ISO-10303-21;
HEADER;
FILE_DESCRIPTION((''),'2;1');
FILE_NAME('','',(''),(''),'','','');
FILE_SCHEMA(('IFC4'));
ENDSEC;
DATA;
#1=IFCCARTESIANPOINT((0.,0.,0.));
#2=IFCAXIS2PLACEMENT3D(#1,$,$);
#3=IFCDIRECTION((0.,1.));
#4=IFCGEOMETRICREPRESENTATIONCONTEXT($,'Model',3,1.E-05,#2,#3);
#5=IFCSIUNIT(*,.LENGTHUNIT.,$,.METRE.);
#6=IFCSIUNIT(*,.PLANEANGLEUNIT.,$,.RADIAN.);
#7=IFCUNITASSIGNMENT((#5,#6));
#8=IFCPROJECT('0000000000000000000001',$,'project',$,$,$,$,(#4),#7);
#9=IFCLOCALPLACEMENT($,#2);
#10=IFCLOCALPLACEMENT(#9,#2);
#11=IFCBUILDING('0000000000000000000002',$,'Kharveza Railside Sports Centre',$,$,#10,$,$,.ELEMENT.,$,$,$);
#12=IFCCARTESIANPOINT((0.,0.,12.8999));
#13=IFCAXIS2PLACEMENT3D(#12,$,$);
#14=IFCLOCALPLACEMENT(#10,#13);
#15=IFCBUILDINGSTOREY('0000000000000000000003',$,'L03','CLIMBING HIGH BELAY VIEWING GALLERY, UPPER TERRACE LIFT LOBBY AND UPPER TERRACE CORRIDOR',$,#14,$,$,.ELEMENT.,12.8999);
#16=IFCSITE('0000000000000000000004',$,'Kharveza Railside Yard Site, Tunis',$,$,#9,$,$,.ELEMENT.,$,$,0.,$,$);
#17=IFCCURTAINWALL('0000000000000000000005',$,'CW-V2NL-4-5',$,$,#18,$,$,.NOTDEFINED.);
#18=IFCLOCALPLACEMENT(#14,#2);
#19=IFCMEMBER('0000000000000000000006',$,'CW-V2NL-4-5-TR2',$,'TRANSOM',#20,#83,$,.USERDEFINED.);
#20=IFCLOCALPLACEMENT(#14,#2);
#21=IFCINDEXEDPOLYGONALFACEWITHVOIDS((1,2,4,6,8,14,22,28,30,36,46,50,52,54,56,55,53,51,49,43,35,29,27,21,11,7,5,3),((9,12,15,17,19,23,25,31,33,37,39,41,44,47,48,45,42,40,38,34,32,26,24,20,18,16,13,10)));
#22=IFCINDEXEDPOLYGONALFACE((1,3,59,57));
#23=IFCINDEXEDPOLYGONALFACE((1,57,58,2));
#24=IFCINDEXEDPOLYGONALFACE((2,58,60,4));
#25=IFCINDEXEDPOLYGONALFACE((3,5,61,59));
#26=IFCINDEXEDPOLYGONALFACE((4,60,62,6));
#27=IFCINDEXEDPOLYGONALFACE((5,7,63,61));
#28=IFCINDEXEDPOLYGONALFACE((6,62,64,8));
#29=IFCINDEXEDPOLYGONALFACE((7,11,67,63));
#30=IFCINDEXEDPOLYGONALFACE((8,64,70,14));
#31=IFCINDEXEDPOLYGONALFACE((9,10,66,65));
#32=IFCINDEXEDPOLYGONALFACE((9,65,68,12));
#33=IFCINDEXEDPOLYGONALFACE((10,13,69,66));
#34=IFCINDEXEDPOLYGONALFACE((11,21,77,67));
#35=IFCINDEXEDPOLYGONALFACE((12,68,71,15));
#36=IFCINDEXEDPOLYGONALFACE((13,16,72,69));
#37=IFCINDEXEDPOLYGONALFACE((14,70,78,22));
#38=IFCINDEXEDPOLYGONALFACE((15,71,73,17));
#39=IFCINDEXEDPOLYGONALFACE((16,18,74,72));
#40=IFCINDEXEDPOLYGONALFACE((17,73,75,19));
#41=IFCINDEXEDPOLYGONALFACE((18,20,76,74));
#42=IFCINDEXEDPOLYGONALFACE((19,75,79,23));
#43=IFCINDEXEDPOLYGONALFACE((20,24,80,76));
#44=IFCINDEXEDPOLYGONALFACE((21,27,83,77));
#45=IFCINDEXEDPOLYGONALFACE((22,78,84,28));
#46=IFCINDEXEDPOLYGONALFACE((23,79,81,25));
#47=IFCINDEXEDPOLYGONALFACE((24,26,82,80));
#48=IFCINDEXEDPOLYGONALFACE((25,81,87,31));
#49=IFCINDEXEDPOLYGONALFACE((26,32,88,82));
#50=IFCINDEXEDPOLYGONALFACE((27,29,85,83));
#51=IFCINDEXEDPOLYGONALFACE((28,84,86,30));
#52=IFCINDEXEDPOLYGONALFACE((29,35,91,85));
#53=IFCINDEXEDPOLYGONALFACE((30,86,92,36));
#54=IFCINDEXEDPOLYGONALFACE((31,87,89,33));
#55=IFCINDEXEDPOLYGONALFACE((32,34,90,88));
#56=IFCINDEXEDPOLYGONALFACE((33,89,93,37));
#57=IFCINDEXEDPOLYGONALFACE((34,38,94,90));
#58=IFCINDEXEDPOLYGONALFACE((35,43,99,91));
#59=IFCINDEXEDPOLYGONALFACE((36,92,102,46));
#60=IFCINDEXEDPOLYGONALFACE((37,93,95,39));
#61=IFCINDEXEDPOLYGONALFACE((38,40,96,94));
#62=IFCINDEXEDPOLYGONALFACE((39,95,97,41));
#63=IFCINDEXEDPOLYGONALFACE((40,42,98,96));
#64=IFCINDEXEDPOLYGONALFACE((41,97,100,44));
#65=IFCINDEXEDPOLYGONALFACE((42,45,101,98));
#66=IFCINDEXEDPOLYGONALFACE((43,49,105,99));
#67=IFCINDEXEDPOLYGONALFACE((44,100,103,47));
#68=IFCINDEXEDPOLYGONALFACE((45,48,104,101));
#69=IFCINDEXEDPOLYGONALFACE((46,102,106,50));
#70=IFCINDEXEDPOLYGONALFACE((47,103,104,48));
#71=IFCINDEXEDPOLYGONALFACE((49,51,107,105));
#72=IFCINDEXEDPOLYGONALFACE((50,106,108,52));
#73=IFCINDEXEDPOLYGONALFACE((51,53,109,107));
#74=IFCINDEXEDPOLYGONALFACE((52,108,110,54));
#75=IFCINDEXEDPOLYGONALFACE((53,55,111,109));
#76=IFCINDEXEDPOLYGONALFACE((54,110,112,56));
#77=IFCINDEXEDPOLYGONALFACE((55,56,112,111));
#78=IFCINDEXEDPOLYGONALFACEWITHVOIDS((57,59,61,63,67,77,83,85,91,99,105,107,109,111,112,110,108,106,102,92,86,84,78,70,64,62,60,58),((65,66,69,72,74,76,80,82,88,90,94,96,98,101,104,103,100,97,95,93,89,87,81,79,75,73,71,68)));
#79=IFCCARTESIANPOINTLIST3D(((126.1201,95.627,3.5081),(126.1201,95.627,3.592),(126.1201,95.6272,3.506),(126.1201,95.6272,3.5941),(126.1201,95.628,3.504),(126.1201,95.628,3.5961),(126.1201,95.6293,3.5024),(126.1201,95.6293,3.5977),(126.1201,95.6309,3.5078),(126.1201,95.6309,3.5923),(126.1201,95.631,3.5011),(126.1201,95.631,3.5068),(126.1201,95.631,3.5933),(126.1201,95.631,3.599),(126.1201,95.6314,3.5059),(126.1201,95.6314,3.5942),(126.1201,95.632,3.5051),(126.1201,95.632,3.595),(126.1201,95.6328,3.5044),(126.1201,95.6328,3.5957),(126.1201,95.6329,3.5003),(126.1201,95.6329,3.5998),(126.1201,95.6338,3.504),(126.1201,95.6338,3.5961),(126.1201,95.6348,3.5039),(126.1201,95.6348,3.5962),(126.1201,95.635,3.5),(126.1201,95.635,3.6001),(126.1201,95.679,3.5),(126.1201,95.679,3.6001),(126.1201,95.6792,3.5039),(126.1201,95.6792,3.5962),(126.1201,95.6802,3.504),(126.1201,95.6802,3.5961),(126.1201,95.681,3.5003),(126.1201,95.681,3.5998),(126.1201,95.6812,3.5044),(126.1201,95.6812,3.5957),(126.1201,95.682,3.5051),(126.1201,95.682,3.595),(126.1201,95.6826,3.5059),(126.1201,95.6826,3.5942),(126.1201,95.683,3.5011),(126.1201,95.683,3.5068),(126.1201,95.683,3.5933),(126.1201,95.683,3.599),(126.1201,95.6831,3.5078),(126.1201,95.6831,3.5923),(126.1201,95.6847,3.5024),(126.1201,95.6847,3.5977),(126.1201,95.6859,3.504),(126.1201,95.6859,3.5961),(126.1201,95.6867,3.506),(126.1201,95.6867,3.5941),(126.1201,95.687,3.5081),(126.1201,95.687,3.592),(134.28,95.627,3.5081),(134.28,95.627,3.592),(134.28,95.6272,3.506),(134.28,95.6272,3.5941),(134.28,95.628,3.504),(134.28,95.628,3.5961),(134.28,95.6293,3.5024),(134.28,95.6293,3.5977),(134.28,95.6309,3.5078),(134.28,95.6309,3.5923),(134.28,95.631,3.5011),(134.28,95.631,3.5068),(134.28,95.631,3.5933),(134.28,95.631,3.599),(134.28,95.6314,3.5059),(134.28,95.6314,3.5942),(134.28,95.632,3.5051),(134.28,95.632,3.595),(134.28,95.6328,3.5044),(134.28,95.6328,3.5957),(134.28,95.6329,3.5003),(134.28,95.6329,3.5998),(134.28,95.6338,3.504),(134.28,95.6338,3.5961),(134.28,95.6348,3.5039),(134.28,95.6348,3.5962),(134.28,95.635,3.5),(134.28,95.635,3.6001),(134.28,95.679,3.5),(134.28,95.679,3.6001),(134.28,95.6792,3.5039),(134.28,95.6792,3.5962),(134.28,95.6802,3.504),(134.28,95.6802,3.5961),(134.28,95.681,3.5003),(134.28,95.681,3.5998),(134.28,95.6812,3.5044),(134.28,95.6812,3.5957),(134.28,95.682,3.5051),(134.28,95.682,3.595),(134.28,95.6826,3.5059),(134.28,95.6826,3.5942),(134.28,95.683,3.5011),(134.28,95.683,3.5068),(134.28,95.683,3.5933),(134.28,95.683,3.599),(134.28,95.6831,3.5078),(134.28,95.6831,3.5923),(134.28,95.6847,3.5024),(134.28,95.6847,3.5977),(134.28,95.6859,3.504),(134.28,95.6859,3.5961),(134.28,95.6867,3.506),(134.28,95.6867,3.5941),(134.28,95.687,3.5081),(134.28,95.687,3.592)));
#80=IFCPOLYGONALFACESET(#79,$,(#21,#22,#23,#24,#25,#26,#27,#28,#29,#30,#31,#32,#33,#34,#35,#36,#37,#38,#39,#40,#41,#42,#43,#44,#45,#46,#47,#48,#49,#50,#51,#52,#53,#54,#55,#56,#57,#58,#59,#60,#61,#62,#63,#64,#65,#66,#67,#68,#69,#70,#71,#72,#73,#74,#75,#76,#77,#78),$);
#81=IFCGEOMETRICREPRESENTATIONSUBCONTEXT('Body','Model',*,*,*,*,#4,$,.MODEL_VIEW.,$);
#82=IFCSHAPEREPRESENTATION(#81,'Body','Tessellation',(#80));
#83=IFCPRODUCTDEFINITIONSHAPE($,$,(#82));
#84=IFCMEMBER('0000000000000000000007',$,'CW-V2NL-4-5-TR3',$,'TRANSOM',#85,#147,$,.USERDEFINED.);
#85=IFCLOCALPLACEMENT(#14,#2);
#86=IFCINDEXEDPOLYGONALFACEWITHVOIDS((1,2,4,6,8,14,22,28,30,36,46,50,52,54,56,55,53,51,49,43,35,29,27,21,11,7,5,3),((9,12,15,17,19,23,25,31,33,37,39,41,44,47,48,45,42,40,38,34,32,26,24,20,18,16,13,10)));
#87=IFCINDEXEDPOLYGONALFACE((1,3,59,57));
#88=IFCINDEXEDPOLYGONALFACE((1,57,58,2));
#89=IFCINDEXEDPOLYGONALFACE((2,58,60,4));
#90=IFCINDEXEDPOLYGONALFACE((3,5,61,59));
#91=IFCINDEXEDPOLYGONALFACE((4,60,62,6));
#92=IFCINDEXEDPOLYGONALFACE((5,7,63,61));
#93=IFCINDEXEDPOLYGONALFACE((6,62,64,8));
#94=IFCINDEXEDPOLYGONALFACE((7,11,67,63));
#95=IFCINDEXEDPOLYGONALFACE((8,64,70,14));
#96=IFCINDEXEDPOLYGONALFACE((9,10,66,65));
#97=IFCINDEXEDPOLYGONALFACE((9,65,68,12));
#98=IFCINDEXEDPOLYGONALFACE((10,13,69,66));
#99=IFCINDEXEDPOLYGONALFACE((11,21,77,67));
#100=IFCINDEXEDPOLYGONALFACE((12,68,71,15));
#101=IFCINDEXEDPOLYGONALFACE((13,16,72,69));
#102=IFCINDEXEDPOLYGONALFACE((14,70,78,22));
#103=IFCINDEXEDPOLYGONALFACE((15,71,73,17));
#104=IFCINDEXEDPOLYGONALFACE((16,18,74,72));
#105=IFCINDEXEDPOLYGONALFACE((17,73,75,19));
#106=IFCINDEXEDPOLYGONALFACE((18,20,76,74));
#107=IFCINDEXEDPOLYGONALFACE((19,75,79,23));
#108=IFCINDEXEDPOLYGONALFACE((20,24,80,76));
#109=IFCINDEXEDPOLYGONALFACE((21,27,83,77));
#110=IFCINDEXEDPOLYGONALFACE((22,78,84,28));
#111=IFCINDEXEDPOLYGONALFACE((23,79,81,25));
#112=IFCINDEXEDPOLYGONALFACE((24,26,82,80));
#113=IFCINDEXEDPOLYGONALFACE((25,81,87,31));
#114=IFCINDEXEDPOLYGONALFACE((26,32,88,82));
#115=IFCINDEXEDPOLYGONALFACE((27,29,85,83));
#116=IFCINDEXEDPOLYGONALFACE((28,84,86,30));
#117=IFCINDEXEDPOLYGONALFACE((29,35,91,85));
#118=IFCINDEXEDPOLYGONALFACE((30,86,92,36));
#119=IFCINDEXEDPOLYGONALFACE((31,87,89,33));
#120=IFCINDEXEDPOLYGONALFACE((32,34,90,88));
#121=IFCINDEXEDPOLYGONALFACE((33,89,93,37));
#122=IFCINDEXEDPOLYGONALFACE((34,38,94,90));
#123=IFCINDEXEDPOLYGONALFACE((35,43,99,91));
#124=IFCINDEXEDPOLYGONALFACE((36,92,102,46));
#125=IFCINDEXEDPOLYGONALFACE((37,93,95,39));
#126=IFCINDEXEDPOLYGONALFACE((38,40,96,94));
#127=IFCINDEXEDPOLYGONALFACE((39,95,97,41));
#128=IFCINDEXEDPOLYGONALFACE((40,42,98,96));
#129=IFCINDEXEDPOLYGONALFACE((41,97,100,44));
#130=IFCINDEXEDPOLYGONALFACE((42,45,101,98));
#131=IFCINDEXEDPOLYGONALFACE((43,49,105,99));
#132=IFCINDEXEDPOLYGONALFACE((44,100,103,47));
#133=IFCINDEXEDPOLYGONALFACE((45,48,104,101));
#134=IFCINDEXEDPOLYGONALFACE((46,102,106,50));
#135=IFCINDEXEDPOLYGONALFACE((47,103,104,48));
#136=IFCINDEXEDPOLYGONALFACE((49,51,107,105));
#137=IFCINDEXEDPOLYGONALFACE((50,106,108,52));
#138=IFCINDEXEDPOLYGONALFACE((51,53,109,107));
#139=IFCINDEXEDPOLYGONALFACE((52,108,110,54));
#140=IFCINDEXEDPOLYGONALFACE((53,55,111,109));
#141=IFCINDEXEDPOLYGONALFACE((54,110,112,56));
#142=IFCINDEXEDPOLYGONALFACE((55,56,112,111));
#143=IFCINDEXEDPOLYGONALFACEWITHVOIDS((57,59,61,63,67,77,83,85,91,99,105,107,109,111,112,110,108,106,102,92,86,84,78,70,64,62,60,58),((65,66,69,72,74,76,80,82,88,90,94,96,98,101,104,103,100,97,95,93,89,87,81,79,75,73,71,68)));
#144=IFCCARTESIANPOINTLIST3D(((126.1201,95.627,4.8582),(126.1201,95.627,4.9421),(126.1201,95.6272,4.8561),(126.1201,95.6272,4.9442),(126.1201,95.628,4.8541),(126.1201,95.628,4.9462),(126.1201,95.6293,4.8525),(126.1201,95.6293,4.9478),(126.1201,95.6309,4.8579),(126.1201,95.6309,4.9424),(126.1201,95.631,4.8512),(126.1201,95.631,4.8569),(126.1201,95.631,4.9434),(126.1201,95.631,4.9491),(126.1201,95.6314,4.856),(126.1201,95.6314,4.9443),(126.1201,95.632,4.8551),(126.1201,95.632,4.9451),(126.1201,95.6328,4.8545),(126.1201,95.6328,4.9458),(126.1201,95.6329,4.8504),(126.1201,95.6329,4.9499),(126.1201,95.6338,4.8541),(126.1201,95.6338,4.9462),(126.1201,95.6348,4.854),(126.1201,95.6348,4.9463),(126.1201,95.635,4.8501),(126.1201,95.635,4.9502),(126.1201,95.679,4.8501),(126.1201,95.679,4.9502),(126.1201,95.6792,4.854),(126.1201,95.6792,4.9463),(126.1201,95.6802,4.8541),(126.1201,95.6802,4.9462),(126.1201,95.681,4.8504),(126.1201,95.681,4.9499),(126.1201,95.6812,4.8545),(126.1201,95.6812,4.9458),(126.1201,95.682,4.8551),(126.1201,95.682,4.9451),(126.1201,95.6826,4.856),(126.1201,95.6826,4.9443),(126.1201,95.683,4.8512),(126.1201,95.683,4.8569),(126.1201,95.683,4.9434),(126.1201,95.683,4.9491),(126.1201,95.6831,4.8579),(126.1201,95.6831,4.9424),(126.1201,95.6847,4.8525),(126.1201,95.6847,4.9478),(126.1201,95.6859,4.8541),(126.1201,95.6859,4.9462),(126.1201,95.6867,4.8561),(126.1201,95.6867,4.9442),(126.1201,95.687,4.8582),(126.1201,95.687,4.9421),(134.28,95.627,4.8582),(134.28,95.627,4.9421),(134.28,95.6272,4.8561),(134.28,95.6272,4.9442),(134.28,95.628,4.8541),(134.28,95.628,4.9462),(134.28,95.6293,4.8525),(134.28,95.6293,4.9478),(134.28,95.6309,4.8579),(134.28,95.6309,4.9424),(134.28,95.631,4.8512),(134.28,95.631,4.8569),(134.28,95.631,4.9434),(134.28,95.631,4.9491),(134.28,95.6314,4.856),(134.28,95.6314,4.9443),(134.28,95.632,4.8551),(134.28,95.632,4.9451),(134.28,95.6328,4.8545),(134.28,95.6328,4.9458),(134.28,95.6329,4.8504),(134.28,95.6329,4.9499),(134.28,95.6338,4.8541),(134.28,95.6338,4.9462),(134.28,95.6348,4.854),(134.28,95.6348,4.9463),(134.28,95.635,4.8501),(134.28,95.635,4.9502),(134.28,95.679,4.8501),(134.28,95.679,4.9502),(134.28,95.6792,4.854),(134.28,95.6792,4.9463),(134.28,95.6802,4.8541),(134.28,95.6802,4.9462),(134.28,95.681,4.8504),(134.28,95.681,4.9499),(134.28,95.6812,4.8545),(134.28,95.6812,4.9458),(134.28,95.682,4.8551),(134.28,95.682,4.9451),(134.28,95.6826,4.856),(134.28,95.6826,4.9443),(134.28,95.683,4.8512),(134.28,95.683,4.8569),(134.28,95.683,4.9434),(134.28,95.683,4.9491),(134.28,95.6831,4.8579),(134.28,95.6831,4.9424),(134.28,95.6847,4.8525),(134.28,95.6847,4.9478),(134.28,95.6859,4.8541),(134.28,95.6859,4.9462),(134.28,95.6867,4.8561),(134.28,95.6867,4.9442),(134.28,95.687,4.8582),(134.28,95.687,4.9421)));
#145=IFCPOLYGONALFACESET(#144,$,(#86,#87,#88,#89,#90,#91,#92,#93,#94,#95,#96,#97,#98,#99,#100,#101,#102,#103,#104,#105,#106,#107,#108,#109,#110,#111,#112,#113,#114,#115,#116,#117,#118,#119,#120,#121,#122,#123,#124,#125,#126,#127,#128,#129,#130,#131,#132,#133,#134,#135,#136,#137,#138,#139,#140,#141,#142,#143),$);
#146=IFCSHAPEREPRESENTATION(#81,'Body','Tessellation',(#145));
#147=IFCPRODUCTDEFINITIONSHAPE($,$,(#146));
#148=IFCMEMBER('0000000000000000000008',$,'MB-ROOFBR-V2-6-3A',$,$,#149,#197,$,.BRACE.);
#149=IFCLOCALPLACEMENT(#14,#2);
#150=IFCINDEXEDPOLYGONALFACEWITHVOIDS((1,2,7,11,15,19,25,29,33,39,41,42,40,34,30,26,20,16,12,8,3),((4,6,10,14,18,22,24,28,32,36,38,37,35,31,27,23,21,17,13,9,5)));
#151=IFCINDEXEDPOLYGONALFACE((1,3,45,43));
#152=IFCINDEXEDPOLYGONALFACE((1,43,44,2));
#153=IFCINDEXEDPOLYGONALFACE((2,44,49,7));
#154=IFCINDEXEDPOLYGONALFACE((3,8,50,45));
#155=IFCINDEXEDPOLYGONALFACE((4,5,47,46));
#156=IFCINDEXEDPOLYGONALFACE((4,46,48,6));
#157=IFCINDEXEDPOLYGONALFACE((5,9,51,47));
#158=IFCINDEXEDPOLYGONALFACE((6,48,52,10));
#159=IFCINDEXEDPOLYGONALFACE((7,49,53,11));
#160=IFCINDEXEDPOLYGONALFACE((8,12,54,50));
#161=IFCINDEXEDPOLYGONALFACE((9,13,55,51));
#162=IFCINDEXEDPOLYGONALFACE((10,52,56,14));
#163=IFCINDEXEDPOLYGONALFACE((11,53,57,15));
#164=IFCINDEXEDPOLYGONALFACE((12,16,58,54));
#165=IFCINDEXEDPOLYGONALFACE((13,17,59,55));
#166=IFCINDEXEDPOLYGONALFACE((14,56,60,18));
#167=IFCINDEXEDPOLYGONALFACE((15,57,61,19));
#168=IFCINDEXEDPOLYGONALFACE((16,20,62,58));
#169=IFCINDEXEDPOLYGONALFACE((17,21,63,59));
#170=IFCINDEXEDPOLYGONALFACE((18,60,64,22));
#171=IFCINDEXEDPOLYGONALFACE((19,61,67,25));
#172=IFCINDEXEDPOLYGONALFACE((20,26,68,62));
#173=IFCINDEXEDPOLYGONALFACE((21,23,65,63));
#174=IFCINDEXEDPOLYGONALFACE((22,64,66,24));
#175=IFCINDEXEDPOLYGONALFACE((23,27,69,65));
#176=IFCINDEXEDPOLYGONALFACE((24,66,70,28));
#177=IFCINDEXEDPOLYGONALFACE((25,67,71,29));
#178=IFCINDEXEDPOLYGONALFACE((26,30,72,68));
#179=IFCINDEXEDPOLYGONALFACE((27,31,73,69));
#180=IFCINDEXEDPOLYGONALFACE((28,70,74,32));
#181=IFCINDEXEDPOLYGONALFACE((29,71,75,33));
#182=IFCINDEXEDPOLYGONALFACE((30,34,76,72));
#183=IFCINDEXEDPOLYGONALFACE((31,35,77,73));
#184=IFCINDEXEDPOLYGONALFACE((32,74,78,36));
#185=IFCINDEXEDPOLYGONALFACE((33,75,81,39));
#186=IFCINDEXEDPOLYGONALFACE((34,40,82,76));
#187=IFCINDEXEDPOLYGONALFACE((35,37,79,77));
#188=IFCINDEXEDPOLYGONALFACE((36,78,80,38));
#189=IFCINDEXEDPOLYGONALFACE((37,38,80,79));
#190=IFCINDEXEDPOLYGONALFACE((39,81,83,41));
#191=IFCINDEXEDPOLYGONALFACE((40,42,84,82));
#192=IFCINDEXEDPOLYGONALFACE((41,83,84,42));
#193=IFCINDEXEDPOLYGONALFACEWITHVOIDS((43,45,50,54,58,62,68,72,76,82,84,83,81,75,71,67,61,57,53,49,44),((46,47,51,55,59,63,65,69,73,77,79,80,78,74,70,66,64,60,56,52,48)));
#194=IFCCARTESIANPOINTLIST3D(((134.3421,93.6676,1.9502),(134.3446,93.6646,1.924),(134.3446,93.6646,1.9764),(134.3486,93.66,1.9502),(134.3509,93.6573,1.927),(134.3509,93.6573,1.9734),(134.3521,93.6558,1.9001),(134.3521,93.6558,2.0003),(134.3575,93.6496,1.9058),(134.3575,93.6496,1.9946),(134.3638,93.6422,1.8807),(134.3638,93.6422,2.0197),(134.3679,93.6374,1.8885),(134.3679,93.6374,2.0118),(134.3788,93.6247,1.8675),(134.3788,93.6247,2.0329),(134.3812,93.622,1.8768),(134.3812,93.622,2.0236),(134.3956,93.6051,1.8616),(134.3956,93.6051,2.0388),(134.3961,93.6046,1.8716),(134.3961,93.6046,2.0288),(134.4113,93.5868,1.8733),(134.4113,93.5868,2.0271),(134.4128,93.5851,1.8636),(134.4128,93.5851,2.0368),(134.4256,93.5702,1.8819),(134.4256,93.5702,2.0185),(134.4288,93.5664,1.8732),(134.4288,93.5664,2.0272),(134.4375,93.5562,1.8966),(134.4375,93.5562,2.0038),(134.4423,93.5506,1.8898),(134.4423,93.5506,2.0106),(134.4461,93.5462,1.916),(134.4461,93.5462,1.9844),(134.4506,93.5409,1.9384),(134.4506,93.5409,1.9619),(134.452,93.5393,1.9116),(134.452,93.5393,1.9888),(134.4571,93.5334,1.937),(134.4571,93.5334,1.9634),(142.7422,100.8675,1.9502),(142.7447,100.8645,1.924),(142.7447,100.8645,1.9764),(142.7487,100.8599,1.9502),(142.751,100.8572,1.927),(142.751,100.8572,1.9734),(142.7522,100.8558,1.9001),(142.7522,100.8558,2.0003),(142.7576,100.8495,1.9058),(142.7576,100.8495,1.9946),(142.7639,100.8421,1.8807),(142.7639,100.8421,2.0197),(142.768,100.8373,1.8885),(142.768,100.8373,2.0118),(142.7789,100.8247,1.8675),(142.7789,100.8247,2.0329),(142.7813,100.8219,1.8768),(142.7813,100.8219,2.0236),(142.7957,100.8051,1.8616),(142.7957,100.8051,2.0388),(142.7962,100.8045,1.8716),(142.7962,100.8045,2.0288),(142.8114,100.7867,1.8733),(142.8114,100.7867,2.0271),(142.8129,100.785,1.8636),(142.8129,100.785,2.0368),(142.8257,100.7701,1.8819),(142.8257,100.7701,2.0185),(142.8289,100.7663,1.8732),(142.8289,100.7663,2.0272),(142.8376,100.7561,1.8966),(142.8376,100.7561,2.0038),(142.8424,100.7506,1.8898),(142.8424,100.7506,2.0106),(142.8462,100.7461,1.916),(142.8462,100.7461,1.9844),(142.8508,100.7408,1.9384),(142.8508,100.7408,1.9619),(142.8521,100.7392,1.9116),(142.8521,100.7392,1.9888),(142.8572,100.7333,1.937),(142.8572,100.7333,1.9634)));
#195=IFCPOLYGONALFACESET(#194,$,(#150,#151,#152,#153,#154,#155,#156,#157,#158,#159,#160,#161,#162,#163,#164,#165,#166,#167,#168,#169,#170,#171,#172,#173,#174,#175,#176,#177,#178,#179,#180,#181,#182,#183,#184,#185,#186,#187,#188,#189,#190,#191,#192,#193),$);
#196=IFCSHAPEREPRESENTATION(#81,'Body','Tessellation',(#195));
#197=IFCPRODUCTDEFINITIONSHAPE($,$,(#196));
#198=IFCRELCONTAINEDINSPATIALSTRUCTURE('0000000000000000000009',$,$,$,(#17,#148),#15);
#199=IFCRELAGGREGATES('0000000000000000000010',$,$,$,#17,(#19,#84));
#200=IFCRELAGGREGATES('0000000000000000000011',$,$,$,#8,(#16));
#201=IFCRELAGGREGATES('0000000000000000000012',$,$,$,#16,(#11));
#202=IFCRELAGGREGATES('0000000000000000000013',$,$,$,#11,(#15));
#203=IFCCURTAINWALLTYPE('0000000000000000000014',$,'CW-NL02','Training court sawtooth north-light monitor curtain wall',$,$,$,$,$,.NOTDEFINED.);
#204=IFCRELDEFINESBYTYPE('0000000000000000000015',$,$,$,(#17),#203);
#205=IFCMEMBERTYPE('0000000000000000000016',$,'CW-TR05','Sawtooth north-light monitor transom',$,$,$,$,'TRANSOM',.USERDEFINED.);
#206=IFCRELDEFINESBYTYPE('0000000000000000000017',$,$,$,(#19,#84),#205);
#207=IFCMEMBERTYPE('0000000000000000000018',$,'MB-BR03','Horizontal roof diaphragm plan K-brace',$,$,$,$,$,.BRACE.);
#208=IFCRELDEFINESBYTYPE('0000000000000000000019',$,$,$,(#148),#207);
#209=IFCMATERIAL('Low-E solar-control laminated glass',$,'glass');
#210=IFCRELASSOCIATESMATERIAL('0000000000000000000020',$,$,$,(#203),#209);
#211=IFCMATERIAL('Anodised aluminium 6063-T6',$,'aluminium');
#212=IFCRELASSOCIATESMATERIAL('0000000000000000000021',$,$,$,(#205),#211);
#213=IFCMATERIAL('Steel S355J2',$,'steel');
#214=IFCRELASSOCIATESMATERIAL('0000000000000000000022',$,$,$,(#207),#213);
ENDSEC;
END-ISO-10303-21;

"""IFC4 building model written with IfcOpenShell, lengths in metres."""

from ifc_helpers import new_model, si_unit, direction, frame, origin, origin_2d, place, context, subcontext, project, spatial, hollow_rectangle, hollow_circle, extrude, material, material_profile, profile_set, type_object, element, aggregate, save


model = new_model("IFC4")

# Units and contexts
model_context = context("Model", 3, precision=1e-05, world=origin(), true_north=direction((0.0, 1.0)))
body_context = subcontext(model_context, "Body", "Model", "MODEL_VIEW")
ifc_project = project(units=[si_unit("LENGTHUNIT", "METRE"), si_unit("PLANEANGLEUNIT", "RADIAN")], contexts=[model_context])

# Site, building, storey
site_placement = place(None, origin())
site = spatial("IfcSite", under=ifc_project, at=site_placement, Name="Kharveza Railside Yard Site, Tunis", CompositionType="ELEMENT", RefElevation=0.0)
building_placement = place(site_placement, origin())
building = spatial("IfcBuilding", under=site, at=building_placement, Name="Kharveza Railside Sports Centre", CompositionType="ELEMENT")
storey_placement = place(building_placement, frame((0.0, 0.0, 12.8999)))
storey = spatial("IfcBuildingStorey", under=building, at=storey_placement, Name="L03", Description="CLIMBING HIGH BELAY VIEWING GALLERY, UPPER TERRACE LIFT LOBBY AND UPPER TERRACE CORRIDOR", CompositionType="ELEMENT", Elevation=12.8999)

# Shared definitions
ifc_material_1 = material(Name="Steel S355J2", Category="steel")

# Curtain wall, members
ifc_material_2 = material(Name="Low-E solar-control laminated glass", Category="glass")
curtain_wall_type = type_object("IfcCurtainWallType", Name="CW-NL02", Description="Training court sawtooth north-light monitor curtain wall", PredefinedType="NOTDEFINED", material=ifc_material_2)
ifc_material_3 = material(Name="Anodised aluminium 6063-T6", Category="aluminium")
curtain_wall_1_placement = place(storey_placement, origin())
curtain_wall_1 = element("IfcCurtainWall", 1, at=curtain_wall_1_placement, inside=storey, type_object=curtain_wall_type, Name="CW-V2NL-4-5", PredefinedType="NOTDEFINED")
ifc_material_profile_1 = material_profile(ifc_material_3, hollow_rectangle(XDim=0.0601, YDim=0.1001, WallThickness=0.0039, InnerFilletRadius=0.0039, OuterFilletRadius=0.0081, at=origin_2d()), Name="RHS 60x100x4.0")
ifc_profile_set_1 = profile_set([ifc_material_profile_1], Name="Anodised aluminium 6063-T6")
member_type_1 = type_object("IfcMemberType", Name="CW-TR05", Description="Sawtooth north-light monitor transom", ElementType="TRANSOM", PredefinedType="USERDEFINED", material=ifc_profile_set_1)
member_1_placement = place(storey_placement, frame((126.1201, 95.657, 3.55), z_axis=(1.0, 0.0, 0.0), x_axis=(0.0, 1.0, 0.0)))
member_1 = element("IfcMember", 2, at=member_1_placement, type_object=member_type_1, Name="CW-V2NL-4-5-TR2", ObjectType="TRANSOM", PredefinedType="USERDEFINED", context=body_context, shape_type="SweptSolid", body=[
    extrude(hollow_rectangle(XDim=0.0601, YDim=0.1001, WallThickness=0.0039, InnerFilletRadius=0.0039, OuterFilletRadius=0.0081, at=origin_2d()), origin(), (0.0, 0.0, 1.0), 8.1599),
])
member_2_placement = place(storey_placement, frame((126.1201, 95.657, 4.9001), z_axis=(1.0, 0.0, 0.0), x_axis=(0.0, 1.0, 0.0)))
member_2 = element("IfcMember", 3, at=member_2_placement, type_object=member_type_1, Name="CW-V2NL-4-5-TR3", ObjectType="TRANSOM", PredefinedType="USERDEFINED", context=body_context, shape_type="SweptSolid", body=[
    extrude(hollow_rectangle(XDim=0.0601, YDim=0.1001, WallThickness=0.0039, InnerFilletRadius=0.0039, OuterFilletRadius=0.0081, at=origin_2d()), origin(), (0.0, 0.0, 1.0), 8.1599),
])

# Member
ifc_material_profile_2 = material_profile(ifc_material_1, hollow_circle(Radius=0.0889, WallThickness=0.01, at=origin_2d()), Name="CHS 177.8x10.0")
ifc_profile_set_2 = profile_set([ifc_material_profile_2], Name="Steel S355J2")
member_type_2 = type_object("IfcMemberType", Name="MB-BR03", Description="Horizontal roof diaphragm plan K-brace", PredefinedType="BRACE", material=ifc_profile_set_2)
member_3_placement = place(storey_placement, frame((134.3999, 93.6001, 1.9502), z_axis=(0.759264, 0.650782, 0.0), x_axis=(-0.650782, 0.759264, 0.0)))
element("IfcMember", 4, at=member_3_placement, inside=storey, type_object=member_type_2, Name="MB-ROOFBR-V2-6-3A", PredefinedType="BRACE", context=body_context, shape_type="SweptSolid", body=[
    extrude(hollow_circle(Radius=0.0889, WallThickness=0.01, at=origin_2d()), origin(), (0.0, 0.0, 1.0), 11.0635),
])

aggregate(curtain_wall_1, [member_1, member_2])

save(model, "model.ifc")
